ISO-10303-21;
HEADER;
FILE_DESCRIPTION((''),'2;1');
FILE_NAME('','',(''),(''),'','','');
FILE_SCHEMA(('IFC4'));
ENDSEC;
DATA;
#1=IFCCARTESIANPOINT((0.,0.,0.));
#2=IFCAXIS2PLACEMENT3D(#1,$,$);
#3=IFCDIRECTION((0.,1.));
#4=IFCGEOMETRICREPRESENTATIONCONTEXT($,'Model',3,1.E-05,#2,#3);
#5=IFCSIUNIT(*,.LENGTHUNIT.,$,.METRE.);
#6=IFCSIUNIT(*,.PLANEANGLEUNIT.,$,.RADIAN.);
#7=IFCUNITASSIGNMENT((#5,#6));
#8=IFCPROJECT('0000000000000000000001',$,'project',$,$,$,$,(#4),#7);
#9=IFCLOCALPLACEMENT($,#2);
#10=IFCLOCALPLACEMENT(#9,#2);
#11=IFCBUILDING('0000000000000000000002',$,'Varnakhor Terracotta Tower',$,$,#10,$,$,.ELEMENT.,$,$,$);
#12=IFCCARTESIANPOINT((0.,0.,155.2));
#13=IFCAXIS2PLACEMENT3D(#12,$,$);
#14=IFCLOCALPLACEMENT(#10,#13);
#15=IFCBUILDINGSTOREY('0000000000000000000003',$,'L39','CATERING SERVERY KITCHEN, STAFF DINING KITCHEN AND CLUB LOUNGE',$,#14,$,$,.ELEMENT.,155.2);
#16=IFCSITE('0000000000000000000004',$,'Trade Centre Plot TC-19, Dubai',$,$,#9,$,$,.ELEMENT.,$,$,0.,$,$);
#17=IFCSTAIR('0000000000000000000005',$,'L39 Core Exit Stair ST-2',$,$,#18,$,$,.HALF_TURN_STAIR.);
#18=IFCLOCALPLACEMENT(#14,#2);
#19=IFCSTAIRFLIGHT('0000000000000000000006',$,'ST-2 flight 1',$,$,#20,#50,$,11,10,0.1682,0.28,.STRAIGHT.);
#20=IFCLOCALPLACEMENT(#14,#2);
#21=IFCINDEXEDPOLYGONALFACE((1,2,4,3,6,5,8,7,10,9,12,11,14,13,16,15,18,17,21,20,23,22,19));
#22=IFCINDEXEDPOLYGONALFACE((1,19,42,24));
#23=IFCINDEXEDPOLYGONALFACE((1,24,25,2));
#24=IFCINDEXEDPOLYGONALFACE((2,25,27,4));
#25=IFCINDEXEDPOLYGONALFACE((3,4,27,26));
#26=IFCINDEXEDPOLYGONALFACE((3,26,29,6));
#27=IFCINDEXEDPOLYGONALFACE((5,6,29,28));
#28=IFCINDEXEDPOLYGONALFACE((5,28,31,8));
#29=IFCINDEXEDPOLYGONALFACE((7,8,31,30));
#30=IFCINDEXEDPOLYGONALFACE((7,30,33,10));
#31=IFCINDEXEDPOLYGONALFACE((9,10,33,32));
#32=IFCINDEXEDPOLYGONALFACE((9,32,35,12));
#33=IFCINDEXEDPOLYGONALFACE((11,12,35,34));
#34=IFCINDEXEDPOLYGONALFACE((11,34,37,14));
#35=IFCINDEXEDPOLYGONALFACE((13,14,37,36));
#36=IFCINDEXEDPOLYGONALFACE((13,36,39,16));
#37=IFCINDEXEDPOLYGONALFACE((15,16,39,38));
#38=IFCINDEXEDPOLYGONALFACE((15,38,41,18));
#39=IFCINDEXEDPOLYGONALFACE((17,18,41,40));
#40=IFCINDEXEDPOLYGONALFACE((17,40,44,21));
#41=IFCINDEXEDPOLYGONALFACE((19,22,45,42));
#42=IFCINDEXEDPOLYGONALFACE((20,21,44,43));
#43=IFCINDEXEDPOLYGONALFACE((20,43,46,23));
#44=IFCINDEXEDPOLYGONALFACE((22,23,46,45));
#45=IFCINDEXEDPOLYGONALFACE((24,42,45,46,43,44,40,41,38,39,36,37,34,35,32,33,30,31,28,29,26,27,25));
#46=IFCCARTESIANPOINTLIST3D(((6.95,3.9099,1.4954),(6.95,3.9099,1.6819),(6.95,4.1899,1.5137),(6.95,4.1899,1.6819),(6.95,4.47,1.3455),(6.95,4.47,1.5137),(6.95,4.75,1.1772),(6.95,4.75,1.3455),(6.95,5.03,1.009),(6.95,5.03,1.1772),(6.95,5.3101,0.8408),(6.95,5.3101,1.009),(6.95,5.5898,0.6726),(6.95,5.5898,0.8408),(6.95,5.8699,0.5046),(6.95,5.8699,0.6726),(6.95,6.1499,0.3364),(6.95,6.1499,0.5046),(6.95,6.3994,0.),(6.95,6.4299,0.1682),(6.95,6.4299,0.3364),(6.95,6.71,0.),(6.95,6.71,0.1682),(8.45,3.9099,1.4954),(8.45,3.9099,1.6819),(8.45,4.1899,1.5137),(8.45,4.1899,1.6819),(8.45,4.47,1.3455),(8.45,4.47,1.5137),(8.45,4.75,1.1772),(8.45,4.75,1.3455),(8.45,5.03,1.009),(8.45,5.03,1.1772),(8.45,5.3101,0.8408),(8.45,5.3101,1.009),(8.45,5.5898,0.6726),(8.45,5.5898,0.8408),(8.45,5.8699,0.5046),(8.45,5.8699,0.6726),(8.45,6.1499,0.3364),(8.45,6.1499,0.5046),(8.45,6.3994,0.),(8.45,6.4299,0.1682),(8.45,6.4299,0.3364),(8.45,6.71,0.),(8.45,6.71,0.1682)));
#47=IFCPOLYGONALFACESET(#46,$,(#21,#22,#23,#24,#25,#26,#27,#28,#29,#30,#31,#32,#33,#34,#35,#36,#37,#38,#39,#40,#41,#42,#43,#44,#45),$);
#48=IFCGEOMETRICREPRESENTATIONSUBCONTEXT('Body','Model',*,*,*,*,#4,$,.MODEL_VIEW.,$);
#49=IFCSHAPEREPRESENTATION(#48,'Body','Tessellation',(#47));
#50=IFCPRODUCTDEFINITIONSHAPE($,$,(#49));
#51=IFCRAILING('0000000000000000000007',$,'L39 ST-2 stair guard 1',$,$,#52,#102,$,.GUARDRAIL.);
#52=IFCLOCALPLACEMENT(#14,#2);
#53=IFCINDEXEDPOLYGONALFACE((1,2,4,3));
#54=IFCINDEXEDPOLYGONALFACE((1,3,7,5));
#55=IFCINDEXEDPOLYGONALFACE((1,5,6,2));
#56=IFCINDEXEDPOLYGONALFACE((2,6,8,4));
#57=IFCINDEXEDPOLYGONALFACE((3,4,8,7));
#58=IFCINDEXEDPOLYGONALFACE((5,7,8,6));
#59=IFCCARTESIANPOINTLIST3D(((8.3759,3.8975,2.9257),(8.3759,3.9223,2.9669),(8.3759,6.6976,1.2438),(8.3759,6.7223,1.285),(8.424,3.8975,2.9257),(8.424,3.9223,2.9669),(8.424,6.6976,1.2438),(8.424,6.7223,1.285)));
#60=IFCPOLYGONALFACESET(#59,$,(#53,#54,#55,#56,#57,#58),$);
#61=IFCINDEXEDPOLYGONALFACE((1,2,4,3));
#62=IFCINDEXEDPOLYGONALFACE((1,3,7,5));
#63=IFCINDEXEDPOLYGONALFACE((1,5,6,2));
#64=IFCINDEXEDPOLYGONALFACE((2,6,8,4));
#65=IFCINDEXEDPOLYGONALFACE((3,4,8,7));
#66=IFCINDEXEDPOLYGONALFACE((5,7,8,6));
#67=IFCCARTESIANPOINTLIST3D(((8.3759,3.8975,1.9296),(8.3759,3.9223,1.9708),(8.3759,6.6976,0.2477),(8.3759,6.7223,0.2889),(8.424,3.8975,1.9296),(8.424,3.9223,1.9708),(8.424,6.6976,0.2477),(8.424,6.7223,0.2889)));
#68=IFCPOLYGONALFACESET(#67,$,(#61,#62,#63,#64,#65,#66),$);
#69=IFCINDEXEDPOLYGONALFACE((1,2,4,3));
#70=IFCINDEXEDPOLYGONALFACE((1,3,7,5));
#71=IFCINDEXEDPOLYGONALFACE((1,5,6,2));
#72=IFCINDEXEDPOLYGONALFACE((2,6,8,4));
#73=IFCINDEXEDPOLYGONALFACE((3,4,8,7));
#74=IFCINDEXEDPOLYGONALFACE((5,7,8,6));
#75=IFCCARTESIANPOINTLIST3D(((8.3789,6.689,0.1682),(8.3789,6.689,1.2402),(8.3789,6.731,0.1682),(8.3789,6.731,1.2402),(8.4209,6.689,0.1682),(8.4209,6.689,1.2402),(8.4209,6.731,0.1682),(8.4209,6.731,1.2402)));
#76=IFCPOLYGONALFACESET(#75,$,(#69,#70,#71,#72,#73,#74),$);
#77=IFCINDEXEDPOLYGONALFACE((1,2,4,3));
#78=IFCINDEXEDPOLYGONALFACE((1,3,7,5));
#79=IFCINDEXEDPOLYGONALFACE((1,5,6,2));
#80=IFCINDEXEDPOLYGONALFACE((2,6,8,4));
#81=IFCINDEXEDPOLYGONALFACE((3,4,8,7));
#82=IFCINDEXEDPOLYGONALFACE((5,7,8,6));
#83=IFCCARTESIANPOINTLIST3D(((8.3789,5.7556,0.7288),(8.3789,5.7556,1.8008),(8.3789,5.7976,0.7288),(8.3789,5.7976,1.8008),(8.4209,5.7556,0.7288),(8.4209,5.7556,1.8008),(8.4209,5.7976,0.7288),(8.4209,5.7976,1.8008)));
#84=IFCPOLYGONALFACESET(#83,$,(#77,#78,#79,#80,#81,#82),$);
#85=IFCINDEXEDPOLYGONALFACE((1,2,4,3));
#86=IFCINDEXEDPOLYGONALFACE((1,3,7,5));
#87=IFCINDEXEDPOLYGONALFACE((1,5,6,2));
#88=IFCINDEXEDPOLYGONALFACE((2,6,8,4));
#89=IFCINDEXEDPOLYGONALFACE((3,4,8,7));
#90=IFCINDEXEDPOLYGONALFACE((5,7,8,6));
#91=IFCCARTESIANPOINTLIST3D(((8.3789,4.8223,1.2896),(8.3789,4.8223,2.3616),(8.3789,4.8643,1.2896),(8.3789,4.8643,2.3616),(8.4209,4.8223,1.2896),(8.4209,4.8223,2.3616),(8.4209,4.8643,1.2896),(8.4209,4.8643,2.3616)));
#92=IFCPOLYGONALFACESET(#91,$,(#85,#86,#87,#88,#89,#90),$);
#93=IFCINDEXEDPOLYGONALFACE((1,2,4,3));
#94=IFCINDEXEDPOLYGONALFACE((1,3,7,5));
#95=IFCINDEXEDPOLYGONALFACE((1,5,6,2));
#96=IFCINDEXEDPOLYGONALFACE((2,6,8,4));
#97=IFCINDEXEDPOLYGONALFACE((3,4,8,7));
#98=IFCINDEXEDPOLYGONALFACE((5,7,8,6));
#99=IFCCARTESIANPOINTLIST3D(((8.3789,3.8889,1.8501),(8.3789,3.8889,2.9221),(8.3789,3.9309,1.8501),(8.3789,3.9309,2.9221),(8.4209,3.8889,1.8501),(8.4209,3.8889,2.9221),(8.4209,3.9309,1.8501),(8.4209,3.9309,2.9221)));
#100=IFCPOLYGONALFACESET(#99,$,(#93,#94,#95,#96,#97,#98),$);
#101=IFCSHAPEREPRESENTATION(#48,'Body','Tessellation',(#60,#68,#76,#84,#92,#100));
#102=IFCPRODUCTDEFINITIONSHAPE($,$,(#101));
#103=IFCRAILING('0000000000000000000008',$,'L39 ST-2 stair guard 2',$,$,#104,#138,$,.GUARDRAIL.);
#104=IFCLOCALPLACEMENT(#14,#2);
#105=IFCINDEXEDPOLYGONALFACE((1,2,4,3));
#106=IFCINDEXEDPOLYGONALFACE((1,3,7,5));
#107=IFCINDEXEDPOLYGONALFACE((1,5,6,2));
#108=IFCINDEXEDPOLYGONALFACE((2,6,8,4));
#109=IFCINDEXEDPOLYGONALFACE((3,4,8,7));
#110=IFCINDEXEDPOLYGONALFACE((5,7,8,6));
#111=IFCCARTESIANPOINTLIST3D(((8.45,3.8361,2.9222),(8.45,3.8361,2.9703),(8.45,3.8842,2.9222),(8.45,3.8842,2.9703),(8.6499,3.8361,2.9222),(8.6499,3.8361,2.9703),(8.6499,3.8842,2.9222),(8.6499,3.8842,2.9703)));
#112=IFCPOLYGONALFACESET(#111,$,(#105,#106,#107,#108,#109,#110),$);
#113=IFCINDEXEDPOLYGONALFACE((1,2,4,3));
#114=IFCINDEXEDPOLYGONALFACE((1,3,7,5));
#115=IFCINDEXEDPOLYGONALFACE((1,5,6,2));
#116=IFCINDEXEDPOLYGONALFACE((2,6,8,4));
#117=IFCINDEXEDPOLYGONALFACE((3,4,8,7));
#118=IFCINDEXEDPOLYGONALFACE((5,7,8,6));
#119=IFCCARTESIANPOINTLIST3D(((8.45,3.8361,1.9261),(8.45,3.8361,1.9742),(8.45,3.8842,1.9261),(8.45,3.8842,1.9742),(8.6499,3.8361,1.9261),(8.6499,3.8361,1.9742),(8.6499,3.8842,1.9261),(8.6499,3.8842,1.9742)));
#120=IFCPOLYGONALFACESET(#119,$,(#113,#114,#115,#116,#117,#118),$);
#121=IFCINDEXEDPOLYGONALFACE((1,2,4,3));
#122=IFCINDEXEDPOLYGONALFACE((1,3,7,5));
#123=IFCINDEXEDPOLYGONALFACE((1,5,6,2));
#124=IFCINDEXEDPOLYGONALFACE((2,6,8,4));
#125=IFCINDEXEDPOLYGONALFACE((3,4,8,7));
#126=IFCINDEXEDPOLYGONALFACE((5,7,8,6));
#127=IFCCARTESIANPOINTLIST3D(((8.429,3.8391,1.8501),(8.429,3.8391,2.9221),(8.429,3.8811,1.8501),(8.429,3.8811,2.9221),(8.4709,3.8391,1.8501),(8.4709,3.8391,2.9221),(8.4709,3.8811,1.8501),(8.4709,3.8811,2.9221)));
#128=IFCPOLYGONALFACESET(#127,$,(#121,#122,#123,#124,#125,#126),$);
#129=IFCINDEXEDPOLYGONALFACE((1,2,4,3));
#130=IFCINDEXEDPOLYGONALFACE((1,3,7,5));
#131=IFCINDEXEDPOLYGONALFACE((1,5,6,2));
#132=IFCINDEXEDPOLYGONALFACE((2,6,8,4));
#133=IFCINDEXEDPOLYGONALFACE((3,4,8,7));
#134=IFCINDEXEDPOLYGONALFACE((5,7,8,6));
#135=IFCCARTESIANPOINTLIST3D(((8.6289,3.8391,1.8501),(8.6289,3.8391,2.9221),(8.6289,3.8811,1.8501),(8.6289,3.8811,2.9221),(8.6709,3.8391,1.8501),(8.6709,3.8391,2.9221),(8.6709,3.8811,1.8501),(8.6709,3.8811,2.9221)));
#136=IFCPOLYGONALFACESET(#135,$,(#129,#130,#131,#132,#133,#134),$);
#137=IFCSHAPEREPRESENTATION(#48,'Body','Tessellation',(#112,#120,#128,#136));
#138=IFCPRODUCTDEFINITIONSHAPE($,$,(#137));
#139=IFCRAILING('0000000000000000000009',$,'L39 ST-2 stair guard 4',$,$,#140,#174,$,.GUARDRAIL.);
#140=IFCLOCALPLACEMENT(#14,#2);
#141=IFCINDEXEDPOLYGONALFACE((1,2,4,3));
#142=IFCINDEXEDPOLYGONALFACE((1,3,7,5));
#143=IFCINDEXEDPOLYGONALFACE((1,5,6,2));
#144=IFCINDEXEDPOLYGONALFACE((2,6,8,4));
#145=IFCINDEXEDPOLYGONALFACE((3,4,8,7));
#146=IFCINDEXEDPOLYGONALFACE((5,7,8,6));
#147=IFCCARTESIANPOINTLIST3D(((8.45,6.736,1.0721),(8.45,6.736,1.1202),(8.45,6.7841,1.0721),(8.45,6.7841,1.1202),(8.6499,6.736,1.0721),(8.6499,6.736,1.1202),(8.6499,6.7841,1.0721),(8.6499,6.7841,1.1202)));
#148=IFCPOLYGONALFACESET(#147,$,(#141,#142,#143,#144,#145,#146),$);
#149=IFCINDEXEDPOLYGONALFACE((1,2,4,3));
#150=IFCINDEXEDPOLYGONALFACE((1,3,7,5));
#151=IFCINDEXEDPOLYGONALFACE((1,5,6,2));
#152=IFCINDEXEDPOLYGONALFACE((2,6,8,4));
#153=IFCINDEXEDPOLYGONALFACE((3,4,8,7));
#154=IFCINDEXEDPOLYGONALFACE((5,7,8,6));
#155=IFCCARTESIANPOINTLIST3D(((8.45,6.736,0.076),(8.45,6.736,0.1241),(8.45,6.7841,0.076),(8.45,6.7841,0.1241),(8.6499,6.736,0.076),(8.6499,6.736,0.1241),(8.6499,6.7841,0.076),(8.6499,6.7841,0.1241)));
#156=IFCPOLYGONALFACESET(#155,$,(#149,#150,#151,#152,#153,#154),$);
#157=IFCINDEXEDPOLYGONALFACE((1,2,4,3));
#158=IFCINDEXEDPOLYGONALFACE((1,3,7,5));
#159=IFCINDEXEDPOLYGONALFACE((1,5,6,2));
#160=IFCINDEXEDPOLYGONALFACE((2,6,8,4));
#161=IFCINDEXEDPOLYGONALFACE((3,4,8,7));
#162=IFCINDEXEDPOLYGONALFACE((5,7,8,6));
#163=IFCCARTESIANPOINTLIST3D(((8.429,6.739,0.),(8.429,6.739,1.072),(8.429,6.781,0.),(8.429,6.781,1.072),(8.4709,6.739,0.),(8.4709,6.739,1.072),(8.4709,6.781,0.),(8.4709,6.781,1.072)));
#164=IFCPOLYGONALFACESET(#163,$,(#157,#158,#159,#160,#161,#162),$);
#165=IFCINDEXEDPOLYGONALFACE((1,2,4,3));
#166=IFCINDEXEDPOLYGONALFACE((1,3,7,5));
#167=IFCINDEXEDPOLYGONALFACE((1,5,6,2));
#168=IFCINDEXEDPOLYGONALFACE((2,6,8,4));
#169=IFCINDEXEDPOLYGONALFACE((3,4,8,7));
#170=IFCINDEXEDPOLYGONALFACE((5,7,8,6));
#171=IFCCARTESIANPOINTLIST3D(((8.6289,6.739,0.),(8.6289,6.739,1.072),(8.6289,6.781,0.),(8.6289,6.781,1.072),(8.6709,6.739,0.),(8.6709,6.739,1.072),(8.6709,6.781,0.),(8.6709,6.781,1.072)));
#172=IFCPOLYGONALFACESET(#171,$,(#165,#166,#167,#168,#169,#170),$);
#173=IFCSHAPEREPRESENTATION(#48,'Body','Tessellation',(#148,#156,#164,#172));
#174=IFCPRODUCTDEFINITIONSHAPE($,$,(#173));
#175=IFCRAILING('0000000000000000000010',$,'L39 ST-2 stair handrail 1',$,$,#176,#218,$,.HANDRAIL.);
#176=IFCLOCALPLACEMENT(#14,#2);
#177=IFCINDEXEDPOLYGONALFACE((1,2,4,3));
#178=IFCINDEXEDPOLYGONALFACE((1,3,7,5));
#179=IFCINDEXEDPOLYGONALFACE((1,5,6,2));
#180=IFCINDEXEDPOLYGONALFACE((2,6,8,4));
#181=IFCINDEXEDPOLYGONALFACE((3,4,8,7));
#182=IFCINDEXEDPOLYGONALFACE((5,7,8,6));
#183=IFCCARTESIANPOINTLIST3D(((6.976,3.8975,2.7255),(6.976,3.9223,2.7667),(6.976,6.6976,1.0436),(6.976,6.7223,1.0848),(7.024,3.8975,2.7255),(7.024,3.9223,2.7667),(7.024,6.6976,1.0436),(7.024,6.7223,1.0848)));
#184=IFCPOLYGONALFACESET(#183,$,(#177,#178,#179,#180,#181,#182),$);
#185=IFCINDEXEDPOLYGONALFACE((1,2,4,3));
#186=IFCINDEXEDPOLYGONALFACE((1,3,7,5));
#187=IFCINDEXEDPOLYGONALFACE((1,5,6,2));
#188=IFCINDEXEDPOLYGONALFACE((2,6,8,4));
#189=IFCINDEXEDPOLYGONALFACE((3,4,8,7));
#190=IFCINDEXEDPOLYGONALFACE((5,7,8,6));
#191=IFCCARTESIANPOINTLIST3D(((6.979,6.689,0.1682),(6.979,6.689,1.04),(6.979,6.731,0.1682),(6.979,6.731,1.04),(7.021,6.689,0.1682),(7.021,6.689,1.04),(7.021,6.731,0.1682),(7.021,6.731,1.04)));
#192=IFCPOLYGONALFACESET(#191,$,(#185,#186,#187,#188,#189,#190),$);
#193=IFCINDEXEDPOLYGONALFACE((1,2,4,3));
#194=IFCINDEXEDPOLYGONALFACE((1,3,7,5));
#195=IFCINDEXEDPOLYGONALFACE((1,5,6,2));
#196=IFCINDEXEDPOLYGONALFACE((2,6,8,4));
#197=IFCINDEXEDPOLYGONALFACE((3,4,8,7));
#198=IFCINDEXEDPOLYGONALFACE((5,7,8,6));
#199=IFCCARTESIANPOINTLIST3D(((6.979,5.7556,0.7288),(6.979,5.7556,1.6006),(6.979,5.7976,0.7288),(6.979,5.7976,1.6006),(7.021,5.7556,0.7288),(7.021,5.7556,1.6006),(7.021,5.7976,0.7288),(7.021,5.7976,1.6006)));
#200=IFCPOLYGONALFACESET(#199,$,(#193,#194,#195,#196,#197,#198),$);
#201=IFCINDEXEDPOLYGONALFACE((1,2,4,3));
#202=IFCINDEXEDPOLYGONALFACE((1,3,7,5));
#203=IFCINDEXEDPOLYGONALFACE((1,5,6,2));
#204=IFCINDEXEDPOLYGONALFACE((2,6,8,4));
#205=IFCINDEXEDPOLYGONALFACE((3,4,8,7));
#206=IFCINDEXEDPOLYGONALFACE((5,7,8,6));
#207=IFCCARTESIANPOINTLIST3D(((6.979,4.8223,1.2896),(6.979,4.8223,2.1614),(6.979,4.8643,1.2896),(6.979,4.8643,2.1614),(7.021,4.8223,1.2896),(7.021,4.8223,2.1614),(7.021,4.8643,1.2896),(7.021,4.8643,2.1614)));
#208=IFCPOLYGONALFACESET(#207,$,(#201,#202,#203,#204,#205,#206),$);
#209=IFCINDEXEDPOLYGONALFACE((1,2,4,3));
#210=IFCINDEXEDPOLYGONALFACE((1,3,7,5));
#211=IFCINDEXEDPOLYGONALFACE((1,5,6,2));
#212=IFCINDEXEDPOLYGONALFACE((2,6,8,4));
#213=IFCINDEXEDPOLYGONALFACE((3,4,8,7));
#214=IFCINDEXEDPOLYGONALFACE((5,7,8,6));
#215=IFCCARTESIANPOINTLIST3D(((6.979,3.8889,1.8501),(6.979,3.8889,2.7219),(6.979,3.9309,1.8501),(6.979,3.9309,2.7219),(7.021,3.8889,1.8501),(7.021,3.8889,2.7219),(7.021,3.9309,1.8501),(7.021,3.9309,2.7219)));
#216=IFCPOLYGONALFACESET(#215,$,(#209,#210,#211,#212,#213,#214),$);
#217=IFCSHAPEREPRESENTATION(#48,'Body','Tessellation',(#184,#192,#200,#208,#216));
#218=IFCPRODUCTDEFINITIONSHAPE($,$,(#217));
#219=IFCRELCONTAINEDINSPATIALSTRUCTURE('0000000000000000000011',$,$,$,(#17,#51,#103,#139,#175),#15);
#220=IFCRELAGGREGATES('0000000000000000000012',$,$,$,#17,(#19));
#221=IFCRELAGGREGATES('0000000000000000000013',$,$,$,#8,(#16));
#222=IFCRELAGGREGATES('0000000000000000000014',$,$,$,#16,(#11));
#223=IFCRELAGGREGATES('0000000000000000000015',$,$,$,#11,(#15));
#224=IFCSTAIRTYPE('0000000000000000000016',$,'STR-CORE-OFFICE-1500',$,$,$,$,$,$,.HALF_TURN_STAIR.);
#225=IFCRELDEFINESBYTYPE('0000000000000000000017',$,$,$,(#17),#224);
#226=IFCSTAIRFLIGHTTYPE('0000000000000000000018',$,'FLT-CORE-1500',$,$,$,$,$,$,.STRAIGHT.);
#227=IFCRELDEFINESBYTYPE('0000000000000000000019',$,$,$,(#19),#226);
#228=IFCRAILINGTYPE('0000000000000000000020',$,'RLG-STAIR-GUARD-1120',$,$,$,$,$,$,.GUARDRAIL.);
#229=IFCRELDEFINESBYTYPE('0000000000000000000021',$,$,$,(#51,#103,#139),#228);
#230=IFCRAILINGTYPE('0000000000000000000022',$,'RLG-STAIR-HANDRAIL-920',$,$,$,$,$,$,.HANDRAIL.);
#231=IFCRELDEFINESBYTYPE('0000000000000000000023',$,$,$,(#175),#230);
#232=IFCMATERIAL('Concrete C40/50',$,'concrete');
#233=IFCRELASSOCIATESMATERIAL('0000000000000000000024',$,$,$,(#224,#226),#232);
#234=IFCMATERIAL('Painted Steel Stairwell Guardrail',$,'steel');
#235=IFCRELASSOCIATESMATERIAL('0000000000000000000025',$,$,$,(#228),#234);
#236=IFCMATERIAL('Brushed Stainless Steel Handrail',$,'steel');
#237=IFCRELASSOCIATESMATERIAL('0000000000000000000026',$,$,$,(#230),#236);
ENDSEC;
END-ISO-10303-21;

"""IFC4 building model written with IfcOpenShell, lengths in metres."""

from ifc_helpers import new_model, si_unit, direction, frame, origin, origin_2d, place, context, subcontext, project, spatial, polyline, rectangle, outline, extrude, material, type_object, element, aggregate, save


model = new_model("IFC4")

# Units and contexts
model_context = context("Model", 3, precision=1e-05, world=origin(), true_north=direction((0.0, 1.0)))
body_context = subcontext(model_context, "Body", "Model", "MODEL_VIEW")
ifc_project = project(units=[si_unit("LENGTHUNIT", "METRE"), si_unit("PLANEANGLEUNIT", "RADIAN")], contexts=[model_context])

# Site, building, storey
site_placement = place(None, origin())
site = spatial("IfcSite", under=ifc_project, at=site_placement, Name="Trade Centre Plot TC-19, Dubai", CompositionType="ELEMENT", RefElevation=0.0)
building_placement = place(site_placement, origin())
building = spatial("IfcBuilding", under=site, at=building_placement, Name="Varnakhor Terracotta Tower", CompositionType="ELEMENT")
storey_placement = place(building_placement, frame((0.0, 0.0, 155.2)))
storey = spatial("IfcBuildingStorey", under=building, at=storey_placement, Name="L39", Description="CATERING SERVERY KITCHEN, STAFF DINING KITCHEN AND CLUB LOUNGE", CompositionType="ELEMENT", Elevation=155.2)

# Stair
ifc_material_1 = material(Name="Concrete C40/50", Category="concrete")
stair_type = type_object("IfcStairType", Name="STR-CORE-OFFICE-1500", PredefinedType="HALF_TURN_STAIR", material=ifc_material_1)
stair_1_placement = place(storey_placement, origin())
stair_1 = element("IfcStair", 1, at=stair_1_placement, inside=storey, type_object=stair_type, Name="L39 Core Exit Stair ST-2", PredefinedType="HALF_TURN_STAIR")

# Stair flight
stair_flight_type = type_object("IfcStairFlightType", Name="FLT-CORE-1500", PredefinedType="STRAIGHT", material=ifc_material_1)
stair_flight_placement = place(storey_placement, frame((7.7, 6.71, 0.0), z_axis=(0.0, 0.0, 1.0), x_axis=(0.0, -1.0, 0.0)))
stair_flight = element("IfcStairFlight", 2, at=stair_flight_placement, type_object=stair_flight_type, Name="ST-2 flight 1", NumberOfRisers=11, NumberOfTreads=10, PredefinedType="STRAIGHT", RiserHeight=0.1682, TreadLength=0.28, context=body_context, shape_type="SweptSolid", body=[
    extrude(outline(polyline([(0.0, 0.0), (0.0, 0.1682), (0.28, 0.1682), (0.28, 0.3364), (0.5601, 0.3364), (0.5601, 0.5046), (0.8401, 0.5046), (0.8401, 0.6726), (1.1201, 0.6726), (1.1201, 0.8408), (1.3999, 0.8408), (1.3999, 1.009), (1.6799, 1.009), (1.6799, 1.1772), (1.96, 1.1772), (1.96, 1.3455), (2.24, 1.3455), (2.24, 1.5137), (2.52, 1.5137), (2.52, 1.6819), (2.8, 1.6819), (2.8, 1.8501), (2.8, 1.4954), (0.3105, 0.0), (0.0, 0.0)])), frame((0.0, 0.75, 0.0), z_axis=(0.0, -1.0, 0.0), x_axis=(1.0, 0.0, 0.0)), (0.0, 0.0, 1.0), 1.5),
])
aggregate(stair_1, [stair_flight])

# Railings
ifc_material_2 = material(Name="Painted Steel Stairwell Guardrail", Category="steel")
railing_type_1 = type_object("IfcRailingType", Name="RLG-STAIR-GUARD-1120", PredefinedType="GUARDRAIL", material=ifc_material_2)
railing_1_placement = place(storey_placement, frame((8.3999, 6.71, 0.1682)))
element("IfcRailing", 3, at=railing_1_placement, inside=storey, type_object=railing_type_1, Name="L39 ST-2 stair guard 1", PredefinedType="GUARDRAIL", context=body_context, shape_type="SweptSolid", body=[
    extrude(rectangle(XDim=0.0481, YDim=0.0481, at=origin_2d()), frame((0.0, 0.0, 1.0962), z_axis=(0.0, -0.857242, 0.514913), x_axis=(1.0, 0.0, 0.0)), (0.0, 0.0, 1.0), 3.2664),
    extrude(rectangle(XDim=0.0481, YDim=0.0481, at=origin_2d()), frame((0.0, 0.0, 0.1001), z_axis=(0.0, -0.857242, 0.514913), x_axis=(1.0, 0.0, 0.0)), (0.0, 0.0, 1.0), 3.2664),
    extrude(rectangle(XDim=0.042, YDim=0.042, at=origin_2d()), origin(), (0.0, 0.0, 1.0), 1.072),
    extrude(rectangle(XDim=0.042, YDim=0.042, at=origin_2d()), frame((0.0, -0.9333, 0.5605)), (0.0, 0.0, 1.0), 1.072),
    extrude(rectangle(XDim=0.042, YDim=0.042, at=origin_2d()), frame((0.0, -1.8667, 1.1213)), (0.0, 0.0, 1.0), 1.072),
    extrude(rectangle(XDim=0.042, YDim=0.042, at=origin_2d()), frame((0.0, -2.8, 1.6819)), (0.0, 0.0, 1.0), 1.072),
])
for number, where, name in (
    (4, (8.45, 3.8601, 1.8501), "L39 ST-2 stair guard 2"),
    (5, (8.45, 6.76, 0.0), "L39 ST-2 stair guard 4"),
):
    element("IfcRailing", number, at=place(storey_placement, frame(where)), inside=storey, type_object=railing_type_1, Name=name, PredefinedType="GUARDRAIL", context=body_context, shape_type="SweptSolid", body=[
        extrude(rectangle(XDim=0.0481, YDim=0.0481, at=origin_2d()), frame((0.0, 0.0, 1.0962), z_axis=(1.0, 0.0, 0.0), x_axis=(0.0, 1.0, 0.0)), (0.0, 0.0, 1.0), 0.2),
        extrude(rectangle(XDim=0.0481, YDim=0.0481, at=origin_2d()), frame((0.0, 0.0, 0.1001), z_axis=(1.0, 0.0, 0.0), x_axis=(0.0, 1.0, 0.0)), (0.0, 0.0, 1.0), 0.2),
        extrude(rectangle(XDim=0.042, YDim=0.042, at=origin_2d()), origin(), (0.0, 0.0, 1.0), 1.072),
        extrude(rectangle(XDim=0.042, YDim=0.042, at=origin_2d()), frame((0.2, 0.0, 0.0)), (0.0, 0.0, 1.0), 1.072),
    ])
ifc_material_3 = material(Name="Brushed Stainless Steel Handrail", Category="steel")
railing_type_2 = type_object("IfcRailingType", Name="RLG-STAIR-HANDRAIL-920", PredefinedType="HANDRAIL", material=ifc_material_3)
railing_2_placement = place(storey_placement, frame((7.0, 6.71, 0.1682)))
element("IfcRailing", 6, at=railing_2_placement, inside=storey, type_object=railing_type_2, Name="L39 ST-2 stair handrail 1", PredefinedType="HANDRAIL", context=body_context, shape_type="SweptSolid", body=[
    extrude(rectangle(XDim=0.0481, YDim=0.0481, at=origin_2d()), frame((0.0, 0.0, 0.896), z_axis=(0.0, -0.857242, 0.514913), x_axis=(1.0, 0.0, 0.0)), (0.0, 0.0, 1.0), 3.2664),
    extrude(rectangle(XDim=0.042, YDim=0.042, at=origin_2d()), origin(), (0.0, 0.0, 1.0), 0.8718),
    extrude(rectangle(XDim=0.042, YDim=0.042, at=origin_2d()), frame((0.0, -0.9333, 0.5605)), (0.0, 0.0, 1.0), 0.8718),
    extrude(rectangle(XDim=0.042, YDim=0.042, at=origin_2d()), frame((0.0, -1.8667, 1.1213)), (0.0, 0.0, 1.0), 0.8718),
    extrude(rectangle(XDim=0.042, YDim=0.042, at=origin_2d()), frame((0.0, -2.8, 1.6819)), (0.0, 0.0, 1.0), 0.8718),
])

save(model, "model.ifc")
